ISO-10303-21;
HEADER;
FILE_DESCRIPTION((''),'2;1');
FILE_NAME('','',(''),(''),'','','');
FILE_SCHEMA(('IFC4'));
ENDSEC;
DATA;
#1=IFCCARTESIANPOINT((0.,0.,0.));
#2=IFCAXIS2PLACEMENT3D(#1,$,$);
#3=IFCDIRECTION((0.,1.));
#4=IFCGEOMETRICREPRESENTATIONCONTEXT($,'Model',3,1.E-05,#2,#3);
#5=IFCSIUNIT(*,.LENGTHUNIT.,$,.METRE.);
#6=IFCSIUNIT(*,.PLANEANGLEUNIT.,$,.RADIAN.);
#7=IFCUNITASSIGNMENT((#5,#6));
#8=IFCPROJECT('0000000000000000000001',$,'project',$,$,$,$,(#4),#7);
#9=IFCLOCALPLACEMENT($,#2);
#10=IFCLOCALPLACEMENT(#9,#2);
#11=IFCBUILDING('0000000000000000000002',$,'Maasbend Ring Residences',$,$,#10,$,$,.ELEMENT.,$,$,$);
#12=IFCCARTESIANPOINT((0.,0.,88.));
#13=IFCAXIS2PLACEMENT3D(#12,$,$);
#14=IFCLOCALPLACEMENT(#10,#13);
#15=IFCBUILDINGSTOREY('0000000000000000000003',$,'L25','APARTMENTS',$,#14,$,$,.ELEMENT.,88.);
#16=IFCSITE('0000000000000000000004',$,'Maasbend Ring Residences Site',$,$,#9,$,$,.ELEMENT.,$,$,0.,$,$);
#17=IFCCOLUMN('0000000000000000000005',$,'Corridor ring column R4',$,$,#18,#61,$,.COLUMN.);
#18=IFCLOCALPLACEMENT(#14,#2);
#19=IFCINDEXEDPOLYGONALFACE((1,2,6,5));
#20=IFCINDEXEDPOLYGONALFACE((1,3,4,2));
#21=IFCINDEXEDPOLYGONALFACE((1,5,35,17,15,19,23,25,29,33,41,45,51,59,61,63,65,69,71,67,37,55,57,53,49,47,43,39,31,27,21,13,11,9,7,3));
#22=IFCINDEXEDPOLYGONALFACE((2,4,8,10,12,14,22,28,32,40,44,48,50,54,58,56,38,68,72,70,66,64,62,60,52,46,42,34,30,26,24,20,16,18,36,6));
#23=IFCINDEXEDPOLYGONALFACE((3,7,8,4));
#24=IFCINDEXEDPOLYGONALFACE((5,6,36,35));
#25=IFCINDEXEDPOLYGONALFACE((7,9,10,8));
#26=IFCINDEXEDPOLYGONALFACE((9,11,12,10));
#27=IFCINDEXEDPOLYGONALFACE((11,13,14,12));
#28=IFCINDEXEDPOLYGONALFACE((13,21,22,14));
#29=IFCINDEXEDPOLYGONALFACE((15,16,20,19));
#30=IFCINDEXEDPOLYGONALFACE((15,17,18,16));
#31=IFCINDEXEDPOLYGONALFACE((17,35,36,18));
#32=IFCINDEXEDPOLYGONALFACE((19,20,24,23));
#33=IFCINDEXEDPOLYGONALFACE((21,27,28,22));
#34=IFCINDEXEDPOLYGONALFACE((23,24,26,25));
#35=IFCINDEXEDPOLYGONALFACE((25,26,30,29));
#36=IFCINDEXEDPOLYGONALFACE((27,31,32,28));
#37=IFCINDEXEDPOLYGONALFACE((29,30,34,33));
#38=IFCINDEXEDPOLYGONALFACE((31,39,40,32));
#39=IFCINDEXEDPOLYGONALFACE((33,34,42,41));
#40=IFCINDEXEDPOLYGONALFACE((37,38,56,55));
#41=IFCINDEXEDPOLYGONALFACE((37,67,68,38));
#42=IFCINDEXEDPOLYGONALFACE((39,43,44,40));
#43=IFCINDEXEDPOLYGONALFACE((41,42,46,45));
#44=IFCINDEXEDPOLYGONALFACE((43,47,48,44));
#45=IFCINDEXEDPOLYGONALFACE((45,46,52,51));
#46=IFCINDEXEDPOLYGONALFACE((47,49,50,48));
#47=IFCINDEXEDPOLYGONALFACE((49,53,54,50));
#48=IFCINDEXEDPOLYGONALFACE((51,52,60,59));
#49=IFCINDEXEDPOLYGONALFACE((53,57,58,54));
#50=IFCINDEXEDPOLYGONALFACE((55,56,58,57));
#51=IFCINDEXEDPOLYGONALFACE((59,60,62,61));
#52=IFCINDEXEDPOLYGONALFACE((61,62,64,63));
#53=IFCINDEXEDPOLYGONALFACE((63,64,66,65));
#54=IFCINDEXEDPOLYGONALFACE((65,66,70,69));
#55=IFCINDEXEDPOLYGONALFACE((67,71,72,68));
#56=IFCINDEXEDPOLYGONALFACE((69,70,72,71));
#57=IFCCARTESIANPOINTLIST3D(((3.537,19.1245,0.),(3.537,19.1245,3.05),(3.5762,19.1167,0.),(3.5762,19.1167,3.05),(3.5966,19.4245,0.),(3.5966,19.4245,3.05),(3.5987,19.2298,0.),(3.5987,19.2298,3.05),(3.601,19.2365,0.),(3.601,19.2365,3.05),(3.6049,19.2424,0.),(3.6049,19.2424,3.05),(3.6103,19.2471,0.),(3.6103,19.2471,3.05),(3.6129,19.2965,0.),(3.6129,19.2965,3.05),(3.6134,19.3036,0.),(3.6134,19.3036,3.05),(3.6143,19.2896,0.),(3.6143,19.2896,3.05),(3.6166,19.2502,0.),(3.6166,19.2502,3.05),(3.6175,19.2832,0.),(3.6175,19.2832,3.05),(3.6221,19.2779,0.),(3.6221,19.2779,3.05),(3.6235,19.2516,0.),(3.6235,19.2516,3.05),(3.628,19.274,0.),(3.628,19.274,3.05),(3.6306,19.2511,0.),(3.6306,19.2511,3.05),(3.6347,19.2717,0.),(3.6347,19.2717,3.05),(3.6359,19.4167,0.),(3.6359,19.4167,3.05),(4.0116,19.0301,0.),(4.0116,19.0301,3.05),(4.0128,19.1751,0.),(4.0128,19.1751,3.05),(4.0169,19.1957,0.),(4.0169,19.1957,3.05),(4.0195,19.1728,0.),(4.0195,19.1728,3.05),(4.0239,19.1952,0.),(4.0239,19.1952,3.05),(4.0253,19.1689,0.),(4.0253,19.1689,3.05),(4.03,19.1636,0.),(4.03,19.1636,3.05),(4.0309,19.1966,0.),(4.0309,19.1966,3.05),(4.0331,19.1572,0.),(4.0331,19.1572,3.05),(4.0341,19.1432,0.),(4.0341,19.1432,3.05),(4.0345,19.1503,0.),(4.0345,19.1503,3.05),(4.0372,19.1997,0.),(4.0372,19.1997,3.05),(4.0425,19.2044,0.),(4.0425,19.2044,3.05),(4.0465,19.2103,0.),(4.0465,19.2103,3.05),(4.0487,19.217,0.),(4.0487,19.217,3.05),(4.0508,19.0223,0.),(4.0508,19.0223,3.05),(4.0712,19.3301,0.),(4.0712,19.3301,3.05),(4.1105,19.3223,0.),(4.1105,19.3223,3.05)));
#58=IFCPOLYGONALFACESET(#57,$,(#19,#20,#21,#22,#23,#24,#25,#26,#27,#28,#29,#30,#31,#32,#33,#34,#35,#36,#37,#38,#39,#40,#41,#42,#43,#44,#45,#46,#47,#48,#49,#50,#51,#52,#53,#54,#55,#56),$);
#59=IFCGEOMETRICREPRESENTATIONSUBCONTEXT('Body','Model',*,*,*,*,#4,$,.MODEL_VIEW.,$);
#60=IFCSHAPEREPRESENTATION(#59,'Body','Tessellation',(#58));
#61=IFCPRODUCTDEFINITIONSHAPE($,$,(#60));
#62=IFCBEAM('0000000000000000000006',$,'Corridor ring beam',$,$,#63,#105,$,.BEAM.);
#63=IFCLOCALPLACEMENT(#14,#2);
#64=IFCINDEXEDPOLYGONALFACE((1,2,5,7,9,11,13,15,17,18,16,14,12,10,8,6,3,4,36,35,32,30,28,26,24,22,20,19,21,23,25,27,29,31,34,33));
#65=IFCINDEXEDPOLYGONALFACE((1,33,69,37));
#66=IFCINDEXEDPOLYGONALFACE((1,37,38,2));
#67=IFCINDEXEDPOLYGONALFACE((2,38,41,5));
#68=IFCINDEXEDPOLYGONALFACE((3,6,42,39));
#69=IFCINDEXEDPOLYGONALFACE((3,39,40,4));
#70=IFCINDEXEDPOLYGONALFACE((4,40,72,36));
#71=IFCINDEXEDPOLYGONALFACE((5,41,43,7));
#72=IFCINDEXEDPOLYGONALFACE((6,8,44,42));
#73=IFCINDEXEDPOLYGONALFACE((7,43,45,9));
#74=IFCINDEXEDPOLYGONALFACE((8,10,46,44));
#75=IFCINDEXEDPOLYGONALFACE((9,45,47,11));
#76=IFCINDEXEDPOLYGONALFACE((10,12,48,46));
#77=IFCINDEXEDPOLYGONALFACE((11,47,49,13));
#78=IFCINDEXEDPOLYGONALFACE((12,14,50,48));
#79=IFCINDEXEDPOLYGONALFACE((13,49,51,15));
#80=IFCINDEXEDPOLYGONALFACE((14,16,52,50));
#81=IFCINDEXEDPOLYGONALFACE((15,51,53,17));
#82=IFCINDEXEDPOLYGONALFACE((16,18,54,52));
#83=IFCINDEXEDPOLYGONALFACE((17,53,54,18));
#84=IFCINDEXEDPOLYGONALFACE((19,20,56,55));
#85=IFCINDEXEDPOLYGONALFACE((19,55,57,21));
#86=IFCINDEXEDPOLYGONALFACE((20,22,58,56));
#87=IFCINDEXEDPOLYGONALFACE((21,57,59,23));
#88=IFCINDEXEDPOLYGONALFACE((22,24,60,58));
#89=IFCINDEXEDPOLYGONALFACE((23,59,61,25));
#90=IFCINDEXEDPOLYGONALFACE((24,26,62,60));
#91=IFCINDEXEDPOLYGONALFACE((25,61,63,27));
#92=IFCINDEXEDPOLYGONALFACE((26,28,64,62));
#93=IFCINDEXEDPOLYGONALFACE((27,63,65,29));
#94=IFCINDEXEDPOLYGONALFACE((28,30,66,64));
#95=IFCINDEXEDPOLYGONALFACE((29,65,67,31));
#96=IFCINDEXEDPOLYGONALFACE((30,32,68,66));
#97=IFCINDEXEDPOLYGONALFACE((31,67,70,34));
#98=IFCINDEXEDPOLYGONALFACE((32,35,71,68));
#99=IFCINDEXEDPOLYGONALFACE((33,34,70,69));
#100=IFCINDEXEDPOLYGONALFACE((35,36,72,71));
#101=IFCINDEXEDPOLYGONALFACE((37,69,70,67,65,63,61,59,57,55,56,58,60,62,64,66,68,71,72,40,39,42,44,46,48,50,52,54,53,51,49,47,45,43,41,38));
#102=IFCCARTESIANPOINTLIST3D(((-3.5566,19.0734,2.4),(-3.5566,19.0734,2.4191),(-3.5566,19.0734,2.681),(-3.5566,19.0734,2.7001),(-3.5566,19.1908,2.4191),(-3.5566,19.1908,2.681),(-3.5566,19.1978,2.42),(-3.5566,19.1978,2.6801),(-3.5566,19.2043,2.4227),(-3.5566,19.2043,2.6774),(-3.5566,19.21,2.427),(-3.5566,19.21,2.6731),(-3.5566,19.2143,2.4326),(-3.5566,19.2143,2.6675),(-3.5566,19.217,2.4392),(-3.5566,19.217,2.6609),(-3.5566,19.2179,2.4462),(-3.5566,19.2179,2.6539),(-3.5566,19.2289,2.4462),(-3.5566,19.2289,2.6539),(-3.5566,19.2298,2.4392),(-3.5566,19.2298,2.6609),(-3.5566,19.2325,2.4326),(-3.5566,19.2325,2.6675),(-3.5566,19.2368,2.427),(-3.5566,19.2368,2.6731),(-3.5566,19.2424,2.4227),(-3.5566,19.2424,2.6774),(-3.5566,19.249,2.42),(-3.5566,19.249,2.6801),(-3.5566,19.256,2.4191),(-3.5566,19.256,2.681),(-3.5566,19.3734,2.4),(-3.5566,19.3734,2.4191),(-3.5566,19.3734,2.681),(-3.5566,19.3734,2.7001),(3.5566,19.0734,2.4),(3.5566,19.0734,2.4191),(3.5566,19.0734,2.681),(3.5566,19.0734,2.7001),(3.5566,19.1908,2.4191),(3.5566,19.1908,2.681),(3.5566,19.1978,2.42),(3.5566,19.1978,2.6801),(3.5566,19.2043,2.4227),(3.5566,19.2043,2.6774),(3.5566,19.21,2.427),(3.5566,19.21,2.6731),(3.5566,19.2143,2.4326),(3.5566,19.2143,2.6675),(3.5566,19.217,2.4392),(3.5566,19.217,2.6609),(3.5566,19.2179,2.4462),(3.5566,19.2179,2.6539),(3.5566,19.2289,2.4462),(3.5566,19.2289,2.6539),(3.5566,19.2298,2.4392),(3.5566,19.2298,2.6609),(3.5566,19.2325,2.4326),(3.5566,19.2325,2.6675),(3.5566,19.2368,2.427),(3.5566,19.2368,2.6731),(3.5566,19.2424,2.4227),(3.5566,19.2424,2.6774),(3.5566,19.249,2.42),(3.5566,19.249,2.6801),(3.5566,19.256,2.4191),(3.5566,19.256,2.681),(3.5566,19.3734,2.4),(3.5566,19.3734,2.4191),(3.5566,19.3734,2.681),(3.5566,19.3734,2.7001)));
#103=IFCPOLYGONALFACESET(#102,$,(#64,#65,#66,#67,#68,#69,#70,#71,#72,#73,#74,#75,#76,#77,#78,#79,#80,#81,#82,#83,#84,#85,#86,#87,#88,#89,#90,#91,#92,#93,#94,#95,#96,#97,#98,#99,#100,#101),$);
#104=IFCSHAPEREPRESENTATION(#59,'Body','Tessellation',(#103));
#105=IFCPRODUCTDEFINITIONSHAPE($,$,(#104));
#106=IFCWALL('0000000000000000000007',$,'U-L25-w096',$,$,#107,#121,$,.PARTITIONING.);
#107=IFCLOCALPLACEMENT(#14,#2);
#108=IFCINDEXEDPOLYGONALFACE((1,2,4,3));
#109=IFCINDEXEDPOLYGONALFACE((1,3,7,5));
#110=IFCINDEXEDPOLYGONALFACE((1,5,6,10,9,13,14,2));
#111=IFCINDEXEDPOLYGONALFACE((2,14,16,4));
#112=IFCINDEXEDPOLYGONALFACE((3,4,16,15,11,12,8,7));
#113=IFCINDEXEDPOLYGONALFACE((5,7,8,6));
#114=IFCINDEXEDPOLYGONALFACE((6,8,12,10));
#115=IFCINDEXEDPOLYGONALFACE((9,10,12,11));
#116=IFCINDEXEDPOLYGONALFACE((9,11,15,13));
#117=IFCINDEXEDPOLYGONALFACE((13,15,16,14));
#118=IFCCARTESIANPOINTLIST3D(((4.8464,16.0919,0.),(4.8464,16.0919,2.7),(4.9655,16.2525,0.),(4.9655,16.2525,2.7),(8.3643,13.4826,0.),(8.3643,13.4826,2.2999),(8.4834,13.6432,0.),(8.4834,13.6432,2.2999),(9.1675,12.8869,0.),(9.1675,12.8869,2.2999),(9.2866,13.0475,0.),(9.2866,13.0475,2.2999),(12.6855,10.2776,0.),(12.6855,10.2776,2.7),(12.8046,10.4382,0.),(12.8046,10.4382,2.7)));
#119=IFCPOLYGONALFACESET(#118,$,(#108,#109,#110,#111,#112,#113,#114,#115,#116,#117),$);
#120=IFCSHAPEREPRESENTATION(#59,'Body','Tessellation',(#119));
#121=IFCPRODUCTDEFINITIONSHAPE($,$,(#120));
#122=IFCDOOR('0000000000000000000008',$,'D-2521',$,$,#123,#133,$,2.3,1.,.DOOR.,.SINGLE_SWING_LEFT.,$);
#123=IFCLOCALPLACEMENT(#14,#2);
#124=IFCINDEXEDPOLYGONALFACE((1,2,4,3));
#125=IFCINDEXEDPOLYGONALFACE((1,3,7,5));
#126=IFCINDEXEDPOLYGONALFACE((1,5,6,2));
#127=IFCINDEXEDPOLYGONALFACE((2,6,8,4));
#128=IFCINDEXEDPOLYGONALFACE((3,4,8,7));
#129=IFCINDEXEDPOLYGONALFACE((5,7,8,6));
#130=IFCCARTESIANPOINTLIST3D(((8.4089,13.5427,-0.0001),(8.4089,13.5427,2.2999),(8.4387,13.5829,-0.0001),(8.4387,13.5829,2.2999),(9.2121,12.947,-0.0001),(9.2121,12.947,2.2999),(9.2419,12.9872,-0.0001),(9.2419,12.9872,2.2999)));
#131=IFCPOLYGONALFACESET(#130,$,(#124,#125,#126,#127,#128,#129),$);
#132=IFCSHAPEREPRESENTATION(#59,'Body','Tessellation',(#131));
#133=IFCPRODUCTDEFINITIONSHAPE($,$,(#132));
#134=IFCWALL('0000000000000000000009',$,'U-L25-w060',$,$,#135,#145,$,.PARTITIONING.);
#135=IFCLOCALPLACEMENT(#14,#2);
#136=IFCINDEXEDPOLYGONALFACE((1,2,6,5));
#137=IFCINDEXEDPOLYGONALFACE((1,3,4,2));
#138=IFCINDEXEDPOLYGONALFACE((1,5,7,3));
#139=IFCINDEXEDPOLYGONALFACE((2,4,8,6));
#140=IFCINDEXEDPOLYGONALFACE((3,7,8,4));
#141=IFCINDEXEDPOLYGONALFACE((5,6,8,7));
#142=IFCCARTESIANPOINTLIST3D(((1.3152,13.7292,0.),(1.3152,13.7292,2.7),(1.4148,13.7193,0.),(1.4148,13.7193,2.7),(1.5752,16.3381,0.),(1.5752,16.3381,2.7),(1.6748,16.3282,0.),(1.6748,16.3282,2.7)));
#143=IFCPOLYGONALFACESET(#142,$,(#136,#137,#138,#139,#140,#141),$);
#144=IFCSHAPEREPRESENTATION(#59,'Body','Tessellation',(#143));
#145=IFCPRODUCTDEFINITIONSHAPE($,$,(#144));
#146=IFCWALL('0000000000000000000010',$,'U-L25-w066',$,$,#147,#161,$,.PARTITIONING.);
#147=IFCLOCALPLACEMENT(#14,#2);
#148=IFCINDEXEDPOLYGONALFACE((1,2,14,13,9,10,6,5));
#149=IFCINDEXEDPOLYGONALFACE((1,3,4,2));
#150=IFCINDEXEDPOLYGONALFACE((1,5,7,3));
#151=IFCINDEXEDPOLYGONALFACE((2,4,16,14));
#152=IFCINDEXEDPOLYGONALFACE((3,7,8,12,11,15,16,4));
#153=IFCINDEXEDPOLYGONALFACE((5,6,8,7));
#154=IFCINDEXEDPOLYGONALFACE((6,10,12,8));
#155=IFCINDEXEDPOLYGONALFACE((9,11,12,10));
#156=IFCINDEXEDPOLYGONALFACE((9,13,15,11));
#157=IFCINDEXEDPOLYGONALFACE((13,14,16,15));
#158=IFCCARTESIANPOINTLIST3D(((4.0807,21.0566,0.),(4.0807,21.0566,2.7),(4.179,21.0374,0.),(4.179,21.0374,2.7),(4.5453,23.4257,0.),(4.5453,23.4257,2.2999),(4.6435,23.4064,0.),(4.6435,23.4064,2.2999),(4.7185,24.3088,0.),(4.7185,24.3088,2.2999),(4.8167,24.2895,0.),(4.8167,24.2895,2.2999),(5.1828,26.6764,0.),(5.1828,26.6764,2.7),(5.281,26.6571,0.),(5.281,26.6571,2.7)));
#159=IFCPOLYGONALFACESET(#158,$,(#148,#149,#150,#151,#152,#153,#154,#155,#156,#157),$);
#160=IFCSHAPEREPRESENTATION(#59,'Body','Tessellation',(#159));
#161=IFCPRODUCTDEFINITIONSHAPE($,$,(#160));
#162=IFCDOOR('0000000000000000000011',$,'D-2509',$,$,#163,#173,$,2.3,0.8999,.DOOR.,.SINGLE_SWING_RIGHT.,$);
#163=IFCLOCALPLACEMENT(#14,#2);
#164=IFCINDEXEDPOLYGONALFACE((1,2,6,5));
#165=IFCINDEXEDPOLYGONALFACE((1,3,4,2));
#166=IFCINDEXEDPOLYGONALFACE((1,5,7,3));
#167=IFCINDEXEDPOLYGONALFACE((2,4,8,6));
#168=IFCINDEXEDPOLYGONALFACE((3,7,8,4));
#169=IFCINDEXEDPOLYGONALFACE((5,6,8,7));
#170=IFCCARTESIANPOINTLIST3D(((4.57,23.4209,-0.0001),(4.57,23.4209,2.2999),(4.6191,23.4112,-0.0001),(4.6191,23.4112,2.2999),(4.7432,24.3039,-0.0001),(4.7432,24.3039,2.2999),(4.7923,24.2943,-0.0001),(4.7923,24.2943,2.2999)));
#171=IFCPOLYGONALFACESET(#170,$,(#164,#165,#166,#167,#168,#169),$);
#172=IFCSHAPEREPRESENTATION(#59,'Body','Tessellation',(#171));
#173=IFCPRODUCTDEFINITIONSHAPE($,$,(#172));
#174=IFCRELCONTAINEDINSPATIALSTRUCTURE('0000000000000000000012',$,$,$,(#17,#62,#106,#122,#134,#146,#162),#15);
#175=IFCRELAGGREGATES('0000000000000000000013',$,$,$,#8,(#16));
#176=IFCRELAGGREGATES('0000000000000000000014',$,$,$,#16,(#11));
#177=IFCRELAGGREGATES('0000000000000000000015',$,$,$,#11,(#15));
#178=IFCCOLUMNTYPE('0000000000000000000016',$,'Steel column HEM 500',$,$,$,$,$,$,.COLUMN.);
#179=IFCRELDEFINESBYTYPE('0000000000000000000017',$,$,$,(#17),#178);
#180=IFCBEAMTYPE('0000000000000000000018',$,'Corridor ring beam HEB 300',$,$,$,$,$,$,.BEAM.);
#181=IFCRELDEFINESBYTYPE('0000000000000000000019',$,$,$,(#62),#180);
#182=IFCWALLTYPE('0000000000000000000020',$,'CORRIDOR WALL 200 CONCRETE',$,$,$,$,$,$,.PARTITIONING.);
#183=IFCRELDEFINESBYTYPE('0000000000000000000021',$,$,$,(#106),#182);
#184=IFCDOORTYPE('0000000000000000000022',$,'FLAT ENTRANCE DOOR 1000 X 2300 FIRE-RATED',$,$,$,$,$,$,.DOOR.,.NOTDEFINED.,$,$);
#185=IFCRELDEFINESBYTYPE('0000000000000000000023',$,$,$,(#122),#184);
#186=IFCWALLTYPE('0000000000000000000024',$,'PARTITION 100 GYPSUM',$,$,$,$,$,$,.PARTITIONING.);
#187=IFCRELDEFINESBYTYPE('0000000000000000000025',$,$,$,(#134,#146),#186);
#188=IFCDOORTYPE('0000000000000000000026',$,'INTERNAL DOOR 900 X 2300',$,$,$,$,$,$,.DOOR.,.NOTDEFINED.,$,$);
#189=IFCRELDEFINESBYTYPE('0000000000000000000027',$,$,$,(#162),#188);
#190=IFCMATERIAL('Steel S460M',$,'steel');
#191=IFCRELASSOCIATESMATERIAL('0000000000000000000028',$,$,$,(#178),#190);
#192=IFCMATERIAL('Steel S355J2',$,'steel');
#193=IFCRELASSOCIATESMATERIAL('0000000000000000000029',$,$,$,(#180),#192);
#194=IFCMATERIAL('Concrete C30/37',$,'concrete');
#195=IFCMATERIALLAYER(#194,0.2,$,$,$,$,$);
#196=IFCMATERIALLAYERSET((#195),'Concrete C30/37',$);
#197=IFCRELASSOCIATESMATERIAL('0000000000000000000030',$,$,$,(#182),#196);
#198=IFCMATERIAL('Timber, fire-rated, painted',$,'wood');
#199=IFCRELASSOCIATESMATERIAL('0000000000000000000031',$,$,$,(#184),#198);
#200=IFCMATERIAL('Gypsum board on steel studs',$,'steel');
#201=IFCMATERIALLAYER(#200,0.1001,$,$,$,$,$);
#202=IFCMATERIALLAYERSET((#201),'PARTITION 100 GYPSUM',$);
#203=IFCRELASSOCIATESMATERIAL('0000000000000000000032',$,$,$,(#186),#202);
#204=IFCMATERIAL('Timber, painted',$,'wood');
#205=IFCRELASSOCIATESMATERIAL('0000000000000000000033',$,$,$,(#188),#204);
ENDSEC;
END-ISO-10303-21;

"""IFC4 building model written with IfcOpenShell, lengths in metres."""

from ifc_helpers import new_model, si_unit, direction, frame, frame_2d, origin, origin_2d, place, context, subcontext, project, spatial, rectangle, i_section, extrude, material, layer, layer_set, material_profile, profile_set, type_object, element, fill, save


model = new_model("IFC4")

# Units and contexts
model_context = context("Model", 3, precision=1e-05, world=origin(), true_north=direction((0.0, 1.0)))
body_context = subcontext(model_context, "Body", "Model", "MODEL_VIEW")
ifc_project = project(units=[si_unit("LENGTHUNIT", "METRE"), si_unit("PLANEANGLEUNIT", "RADIAN")], contexts=[model_context])

# Site, building, storey
site_placement = place(None, origin())
site = spatial("IfcSite", under=ifc_project, at=site_placement, Name="Maasbend Ring Residences Site", CompositionType="ELEMENT", RefElevation=0.0)
building_placement = place(site_placement, origin())
building = spatial("IfcBuilding", under=site, at=building_placement, Name="Maasbend Ring Residences", CompositionType="ELEMENT")
storey_placement = place(building_placement, frame((0.0, 0.0, 88.0)))
storey = spatial("IfcBuildingStorey", under=building, at=storey_placement, Name="L25", Description="APARTMENTS", CompositionType="ELEMENT", Elevation=88.0)

# Column
ifc_material_1 = material(Name="Steel S460M", Category="steel")
ifc_material_profile_1 = material_profile(ifc_material_1, i_section(OverallWidth=0.3059, OverallDepth=0.5239, WebThickness=0.021, FlangeThickness=0.04, FilletRadius=0.0271, at=origin_2d()), Name="HEM 500")
ifc_profile_set_1 = profile_set([ifc_material_profile_1], Name="Steel S460M")
column_type = type_object("IfcColumnType", Name="Steel column HEM 500", PredefinedType="COLUMN", material=ifc_profile_set_1)
column_placement = place(storey_placement, frame((3.8237, 19.2234, 0.0), z_axis=(0.0, 0.0, 1.0), x_axis=(0.19509, 0.980785, 0.0)))
element("IfcColumn", 1, at=column_placement, inside=storey, type_object=column_type, Name="Corridor ring column R4", PredefinedType="COLUMN", context=body_context, shape_type="SweptSolid", body=[
    extrude(i_section(OverallWidth=0.3059, OverallDepth=0.5239, WebThickness=0.021, FlangeThickness=0.04, FilletRadius=0.0271, at=origin_2d()), origin(), (0.0, 0.0, 1.0), 3.05),
])

# Beam
ifc_material_2 = material(Name="Steel S355J2", Category="steel")
ifc_material_profile_2 = material_profile(ifc_material_2, i_section(OverallWidth=0.3, OverallDepth=0.3, WebThickness=0.011, FlangeThickness=0.019, FilletRadius=0.0271, at=origin_2d()), Name="HEB 300")
ifc_profile_set_2 = profile_set([ifc_material_profile_2], Name="Steel S355J2")
beam_type = type_object("IfcBeamType", Name="Corridor ring beam HEB 300", PredefinedType="BEAM", material=ifc_profile_set_2)
beam_placement = place(storey_placement, frame((3.5566, 19.2234, 2.55), z_axis=(-1.0, 0.0, 0.0), x_axis=(0.0, -1.0, 0.0)))
element("IfcBeam", 2, at=beam_placement, inside=storey, type_object=beam_type, Name="Corridor ring beam", PredefinedType="BEAM", context=body_context, shape_type="SweptSolid", body=[
    extrude(i_section(OverallWidth=0.3, OverallDepth=0.3, WebThickness=0.011, FlangeThickness=0.019, FilletRadius=0.0271, at=origin_2d()), origin(), (0.0, 0.0, 1.0), 7.1133),
])

# Wall, opening, door
ifc_material_3 = material(Name="Concrete C30/37", Category="concrete")
ifc_layer_1 = layer(ifc_material_3, 0.2)
ifc_layer_set_1 = layer_set([ifc_layer_1], Name="Concrete C30/37")
wall_type_1 = type_object("IfcWallType", Name="CORRIDOR WALL 200 CONCRETE", PredefinedType="PARTITIONING", material=ifc_layer_set_1)
wall_1_placement = place(storey_placement, frame((4.906, 16.1721, 0.0), z_axis=(0.0, 0.0, 1.0), x_axis=(0.803191, -0.595721, 0.0)))
wall_1 = element("IfcWall", 3, at=wall_1_placement, inside=storey, type_object=wall_type_1, Name="U-L25-w096", PredefinedType="PARTITIONING", context=body_context, shape_type="SweptSolid", body=[
    extrude(rectangle(XDim=9.76, YDim=0.2, at=frame_2d((4.8799, 0.0))), origin(), (0.0, 0.0, 1.0), 2.7),
])
opening_1_placement = place(wall_1_placement, frame((4.3799, 0.0, 0.0)))
opening_1 = element("IfcOpeningElement", 4, at=opening_1_placement, cuts=wall_1, PredefinedType="OPENING", context=body_context, shape_type="SweptSolid", body=[
    extrude(rectangle(XDim=1.0, YDim=2.3, at=frame_2d((0.5, 1.1499))), frame((0.0, 0.1099, 0.0), z_axis=(0.0, -1.0, 0.0), x_axis=(1.0, 0.0, 0.0)), (0.0, 0.0, 1.0), 0.22),
])
ifc_material_4 = material(Name="Timber, fire-rated, painted", Category="wood")
door_type_1 = type_object("IfcDoorType", Name="FLAT ENTRANCE DOOR 1000 X 2300 FIRE-RATED", OperationType="NOTDEFINED", PredefinedType="DOOR", material=ifc_material_4)
door_1_placement = place(opening_1_placement, origin())
door_1 = element("IfcDoor", 5, at=door_1_placement, inside=storey, type_object=door_type_1, Name="D-2521", OperationType="SINGLE_SWING_LEFT", OverallHeight=2.3, OverallWidth=1.0, PredefinedType="DOOR", context=body_context, shape_type="SweptSolid", body=[
    extrude(rectangle(XDim=1.0, YDim=2.3, at=frame_2d((0.5, 1.1499))), frame((0.0, 0.0249, 0.0), z_axis=(0.0, -1.0, 0.0), x_axis=(1.0, 0.0, 0.0)), (0.0, 0.0, 1.0), 0.05),
])
fill(opening_1, door_1)

# Wall
ifc_material_5 = material(Name="Gypsum board on steel studs", Category="steel")
ifc_layer_2 = layer(ifc_material_5, 0.1001)
ifc_layer_set_2 = layer_set([ifc_layer_2], Name="PARTITION 100 GYPSUM")
wall_type_2 = type_object("IfcWallType", Name="PARTITION 100 GYPSUM", PredefinedType="PARTITIONING", material=ifc_layer_set_2)
wall_2_placement = place(storey_placement, frame((1.365, 13.7241, 0.0), z_axis=(0.0, 0.0, 1.0), x_axis=(0.099172, 0.99507, 0.0)))
element("IfcWall", 6, at=wall_2_placement, inside=storey, type_object=wall_type_2, Name="U-L25-w060", PredefinedType="PARTITIONING", context=body_context, shape_type="SweptSolid", body=[
    extrude(rectangle(XDim=2.6218, YDim=0.1001, at=frame_2d((1.311, 0.0))), origin(), (0.0, 0.0, 1.0), 2.7),
])

# Wall, opening, door
wall_3_placement = place(storey_placement, frame((4.1299, 21.0471, 0.0), z_axis=(0.0, 0.0, 1.0), x_axis=(0.192434, 0.98131, 0.0)))
wall_3 = element("IfcWall", 7, at=wall_3_placement, inside=storey, type_object=wall_type_2, Name="U-L25-w066", PredefinedType="PARTITIONING", context=body_context, shape_type="SweptSolid", body=[
    extrude(rectangle(XDim=5.7268, YDim=0.1001, at=frame_2d((2.8633, 0.0))), origin(), (0.0, 0.0, 1.0), 2.7),
])
opening_2_placement = place(wall_3_placement, frame((2.4141, 0.0, 0.0)))
opening_2 = element("IfcOpeningElement", 8, at=opening_2_placement, cuts=wall_3, PredefinedType="OPENING", context=body_context, shape_type="SweptSolid", body=[
    extrude(rectangle(XDim=0.8999, YDim=2.3, at=frame_2d((0.45, 1.1499))), frame((0.0, 0.0601, 0.0), z_axis=(0.0, -1.0, 0.0), x_axis=(1.0, 0.0, 0.0)), (0.0, 0.0, 1.0), 0.1201),
])
ifc_material_6 = material(Name="Timber, painted", Category="wood")
door_type_2 = type_object("IfcDoorType", Name="INTERNAL DOOR 900 X 2300", OperationType="NOTDEFINED", PredefinedType="DOOR", material=ifc_material_6)
door_2_placement = place(opening_2_placement, origin())
door_2 = element("IfcDoor", 9, at=door_2_placement, inside=storey, type_object=door_type_2, Name="D-2509", OperationType="SINGLE_SWING_RIGHT", OverallHeight=2.3, OverallWidth=0.8999, PredefinedType="DOOR", context=body_context, shape_type="SweptSolid", body=[
    extrude(rectangle(XDim=0.8999, YDim=2.3, at=frame_2d((0.45, 1.1499))), frame((0.0, 0.0249, 0.0), z_axis=(0.0, -1.0, 0.0), x_axis=(1.0, 0.0, 0.0)), (0.0, 0.0, 1.0), 0.05),
])
fill(opening_2, door_2)

save(model, "model.ifc")
